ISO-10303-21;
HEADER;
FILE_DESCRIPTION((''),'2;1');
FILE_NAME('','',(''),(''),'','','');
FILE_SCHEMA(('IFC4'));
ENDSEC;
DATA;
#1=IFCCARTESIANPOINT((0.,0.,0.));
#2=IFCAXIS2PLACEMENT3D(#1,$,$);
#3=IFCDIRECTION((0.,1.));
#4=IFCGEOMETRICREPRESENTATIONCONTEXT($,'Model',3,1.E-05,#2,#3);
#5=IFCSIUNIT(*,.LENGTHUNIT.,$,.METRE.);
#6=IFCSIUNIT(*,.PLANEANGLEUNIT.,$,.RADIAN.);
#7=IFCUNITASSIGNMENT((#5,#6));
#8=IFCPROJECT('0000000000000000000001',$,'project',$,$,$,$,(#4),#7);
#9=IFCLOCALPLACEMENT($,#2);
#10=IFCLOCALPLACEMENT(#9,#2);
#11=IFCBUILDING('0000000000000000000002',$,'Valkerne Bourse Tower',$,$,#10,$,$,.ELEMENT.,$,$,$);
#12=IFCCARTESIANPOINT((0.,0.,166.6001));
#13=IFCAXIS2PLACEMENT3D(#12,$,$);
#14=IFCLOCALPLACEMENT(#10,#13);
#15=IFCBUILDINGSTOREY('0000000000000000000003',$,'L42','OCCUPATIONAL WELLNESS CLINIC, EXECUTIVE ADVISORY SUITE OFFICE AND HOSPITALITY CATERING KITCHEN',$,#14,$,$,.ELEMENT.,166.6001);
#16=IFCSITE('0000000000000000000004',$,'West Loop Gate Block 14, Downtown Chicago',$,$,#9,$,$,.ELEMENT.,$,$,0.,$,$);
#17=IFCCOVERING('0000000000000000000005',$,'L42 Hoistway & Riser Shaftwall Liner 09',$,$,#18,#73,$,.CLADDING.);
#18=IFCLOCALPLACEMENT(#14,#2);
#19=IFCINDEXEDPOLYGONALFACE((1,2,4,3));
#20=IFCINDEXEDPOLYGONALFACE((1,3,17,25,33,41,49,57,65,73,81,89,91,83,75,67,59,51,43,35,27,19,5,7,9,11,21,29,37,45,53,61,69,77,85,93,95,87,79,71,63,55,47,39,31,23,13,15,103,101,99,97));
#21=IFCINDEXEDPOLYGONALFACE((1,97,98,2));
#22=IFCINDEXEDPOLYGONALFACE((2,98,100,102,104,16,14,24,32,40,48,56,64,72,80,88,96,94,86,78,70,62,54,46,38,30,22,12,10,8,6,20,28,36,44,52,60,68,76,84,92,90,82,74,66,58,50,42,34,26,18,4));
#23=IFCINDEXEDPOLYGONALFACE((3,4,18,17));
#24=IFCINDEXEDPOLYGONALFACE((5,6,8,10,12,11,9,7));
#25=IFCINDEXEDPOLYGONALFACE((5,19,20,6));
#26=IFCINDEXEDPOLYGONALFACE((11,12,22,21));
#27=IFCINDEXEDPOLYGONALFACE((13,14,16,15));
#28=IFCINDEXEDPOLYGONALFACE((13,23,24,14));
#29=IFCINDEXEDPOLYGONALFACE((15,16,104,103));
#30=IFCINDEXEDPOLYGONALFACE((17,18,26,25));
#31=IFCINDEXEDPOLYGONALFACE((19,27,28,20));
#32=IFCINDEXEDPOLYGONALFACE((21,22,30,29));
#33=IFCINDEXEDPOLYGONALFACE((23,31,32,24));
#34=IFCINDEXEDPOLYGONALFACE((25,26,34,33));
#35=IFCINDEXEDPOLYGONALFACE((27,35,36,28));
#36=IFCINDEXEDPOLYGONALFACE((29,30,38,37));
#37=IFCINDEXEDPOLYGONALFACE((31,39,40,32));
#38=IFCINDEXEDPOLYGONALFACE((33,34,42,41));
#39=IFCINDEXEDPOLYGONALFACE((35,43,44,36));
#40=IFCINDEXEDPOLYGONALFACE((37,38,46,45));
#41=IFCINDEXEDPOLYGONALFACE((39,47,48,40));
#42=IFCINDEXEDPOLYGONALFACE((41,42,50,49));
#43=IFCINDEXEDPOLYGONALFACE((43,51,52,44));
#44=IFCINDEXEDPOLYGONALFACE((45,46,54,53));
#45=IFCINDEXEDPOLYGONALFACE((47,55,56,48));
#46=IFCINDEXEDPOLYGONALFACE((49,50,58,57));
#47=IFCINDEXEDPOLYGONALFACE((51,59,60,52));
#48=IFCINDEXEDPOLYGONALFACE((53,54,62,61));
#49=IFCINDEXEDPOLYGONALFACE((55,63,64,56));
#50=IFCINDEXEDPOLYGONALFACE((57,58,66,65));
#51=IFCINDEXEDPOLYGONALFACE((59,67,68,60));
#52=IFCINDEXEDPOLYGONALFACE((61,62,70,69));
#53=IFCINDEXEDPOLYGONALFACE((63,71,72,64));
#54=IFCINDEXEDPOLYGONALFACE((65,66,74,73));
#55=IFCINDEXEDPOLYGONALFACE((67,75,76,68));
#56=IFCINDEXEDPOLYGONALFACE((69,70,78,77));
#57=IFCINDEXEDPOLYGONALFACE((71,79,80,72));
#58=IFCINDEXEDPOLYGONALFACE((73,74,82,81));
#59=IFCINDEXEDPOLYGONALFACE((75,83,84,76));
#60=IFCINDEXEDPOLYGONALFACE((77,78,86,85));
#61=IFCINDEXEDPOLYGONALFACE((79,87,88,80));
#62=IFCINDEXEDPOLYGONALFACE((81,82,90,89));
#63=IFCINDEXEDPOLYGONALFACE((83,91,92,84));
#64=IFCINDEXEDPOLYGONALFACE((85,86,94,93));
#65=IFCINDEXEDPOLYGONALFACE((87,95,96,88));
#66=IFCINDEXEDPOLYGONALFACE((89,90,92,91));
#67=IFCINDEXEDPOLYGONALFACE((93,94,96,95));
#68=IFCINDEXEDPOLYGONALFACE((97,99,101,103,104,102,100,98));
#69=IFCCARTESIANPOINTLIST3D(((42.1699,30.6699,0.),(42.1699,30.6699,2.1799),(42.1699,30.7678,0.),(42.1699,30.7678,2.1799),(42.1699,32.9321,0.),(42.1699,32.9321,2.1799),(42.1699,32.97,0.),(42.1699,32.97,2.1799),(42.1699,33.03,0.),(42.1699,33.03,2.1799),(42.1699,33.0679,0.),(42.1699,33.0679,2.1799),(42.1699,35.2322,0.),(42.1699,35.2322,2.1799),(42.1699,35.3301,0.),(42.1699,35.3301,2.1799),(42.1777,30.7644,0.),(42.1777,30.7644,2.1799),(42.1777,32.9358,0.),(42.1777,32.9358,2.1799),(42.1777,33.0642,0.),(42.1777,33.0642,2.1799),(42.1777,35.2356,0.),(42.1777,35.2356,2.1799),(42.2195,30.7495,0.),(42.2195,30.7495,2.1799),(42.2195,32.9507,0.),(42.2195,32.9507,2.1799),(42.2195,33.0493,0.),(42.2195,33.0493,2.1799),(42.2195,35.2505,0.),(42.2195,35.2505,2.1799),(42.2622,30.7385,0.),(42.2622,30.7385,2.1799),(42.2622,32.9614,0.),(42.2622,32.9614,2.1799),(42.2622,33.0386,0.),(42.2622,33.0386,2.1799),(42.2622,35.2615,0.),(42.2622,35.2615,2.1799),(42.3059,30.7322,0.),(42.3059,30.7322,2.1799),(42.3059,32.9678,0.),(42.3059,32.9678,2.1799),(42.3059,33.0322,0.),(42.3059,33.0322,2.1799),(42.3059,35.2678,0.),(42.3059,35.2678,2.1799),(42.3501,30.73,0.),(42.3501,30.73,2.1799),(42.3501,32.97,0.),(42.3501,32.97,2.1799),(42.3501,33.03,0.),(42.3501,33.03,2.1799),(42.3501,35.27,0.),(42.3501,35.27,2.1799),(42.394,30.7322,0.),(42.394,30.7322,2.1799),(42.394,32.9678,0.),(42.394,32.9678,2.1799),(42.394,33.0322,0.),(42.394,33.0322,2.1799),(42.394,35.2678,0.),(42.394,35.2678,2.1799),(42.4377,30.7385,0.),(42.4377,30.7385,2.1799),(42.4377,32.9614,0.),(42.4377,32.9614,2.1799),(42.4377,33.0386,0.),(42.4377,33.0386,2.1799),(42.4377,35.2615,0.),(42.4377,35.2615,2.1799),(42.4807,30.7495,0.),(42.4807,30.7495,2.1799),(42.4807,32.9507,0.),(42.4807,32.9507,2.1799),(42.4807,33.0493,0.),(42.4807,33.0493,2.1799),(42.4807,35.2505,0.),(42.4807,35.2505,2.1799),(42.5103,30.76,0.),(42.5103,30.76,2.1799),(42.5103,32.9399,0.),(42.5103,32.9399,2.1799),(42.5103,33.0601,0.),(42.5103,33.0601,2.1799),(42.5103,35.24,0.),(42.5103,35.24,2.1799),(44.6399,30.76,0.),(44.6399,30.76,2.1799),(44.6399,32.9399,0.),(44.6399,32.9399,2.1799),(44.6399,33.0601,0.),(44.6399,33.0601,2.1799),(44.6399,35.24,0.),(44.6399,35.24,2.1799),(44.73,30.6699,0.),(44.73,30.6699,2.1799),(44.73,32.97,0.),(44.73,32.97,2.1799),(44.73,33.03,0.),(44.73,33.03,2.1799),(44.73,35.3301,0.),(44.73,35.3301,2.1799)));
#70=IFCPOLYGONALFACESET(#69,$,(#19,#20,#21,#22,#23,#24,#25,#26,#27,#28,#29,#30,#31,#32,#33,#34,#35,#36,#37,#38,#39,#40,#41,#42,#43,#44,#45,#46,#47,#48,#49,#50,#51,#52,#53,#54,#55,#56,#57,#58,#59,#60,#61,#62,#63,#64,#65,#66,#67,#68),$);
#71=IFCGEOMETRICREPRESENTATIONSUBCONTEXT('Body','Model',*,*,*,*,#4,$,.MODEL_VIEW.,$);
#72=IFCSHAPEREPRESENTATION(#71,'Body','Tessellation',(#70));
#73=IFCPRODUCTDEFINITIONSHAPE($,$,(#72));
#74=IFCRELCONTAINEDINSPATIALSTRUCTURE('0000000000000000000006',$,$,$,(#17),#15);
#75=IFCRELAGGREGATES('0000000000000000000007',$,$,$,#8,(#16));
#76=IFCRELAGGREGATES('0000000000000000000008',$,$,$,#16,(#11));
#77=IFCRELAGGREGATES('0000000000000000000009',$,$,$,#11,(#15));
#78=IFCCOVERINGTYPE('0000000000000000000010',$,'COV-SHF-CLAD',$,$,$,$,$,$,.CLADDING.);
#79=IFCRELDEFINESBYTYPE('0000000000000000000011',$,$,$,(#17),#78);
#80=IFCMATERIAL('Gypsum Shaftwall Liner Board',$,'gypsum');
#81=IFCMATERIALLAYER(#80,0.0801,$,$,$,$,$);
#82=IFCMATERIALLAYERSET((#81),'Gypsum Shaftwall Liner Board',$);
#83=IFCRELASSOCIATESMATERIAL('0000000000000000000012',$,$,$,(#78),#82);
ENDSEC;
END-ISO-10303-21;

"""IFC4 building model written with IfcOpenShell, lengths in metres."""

from ifc_helpers import new_model, si_unit, direction, frame, origin, place, context, subcontext, project, spatial, polyline, outline, extrude, material, layer, layer_set, type_object, element, save


model = new_model("IFC4")

# Units and contexts
model_context = context("Model", 3, precision=1e-05, world=origin(), true_north=direction((0.0, 1.0)))
body_context = subcontext(model_context, "Body", "Model", "MODEL_VIEW")
ifc_project = project(units=[si_unit("LENGTHUNIT", "METRE"), si_unit("PLANEANGLEUNIT", "RADIAN")], contexts=[model_context])

# Site, building, storey
site_placement = place(None, origin())
site = spatial("IfcSite", under=ifc_project, at=site_placement, Name="West Loop Gate Block 14, Downtown Chicago", CompositionType="ELEMENT", RefElevation=0.0)
building_placement = place(site_placement, origin())
building = spatial("IfcBuilding", under=site, at=building_placement, Name="Valkerne Bourse Tower", CompositionType="ELEMENT")
storey_placement = place(building_placement, frame((0.0, 0.0, 166.6001)))
storey = spatial("IfcBuildingStorey", under=building, at=storey_placement, Name="L42", Description="OCCUPATIONAL WELLNESS CLINIC, EXECUTIVE ADVISORY SUITE OFFICE AND HOSPITALITY CATERING KITCHEN", CompositionType="ELEMENT", Elevation=166.6001)

# Covering
ifc_material_1 = material(Name="Gypsum Shaftwall Liner Board", Category="gypsum")
ifc_layer_1 = layer(ifc_material_1, 0.0801)
ifc_layer_set_1 = layer_set([ifc_layer_1], Name="Gypsum Shaftwall Liner Board")
covering_type_1 = type_object("IfcCoveringType", Name="COV-SHF-CLAD", PredefinedType="CLADDING", material=ifc_layer_set_1)
covering_1_placement = place(storey_placement, origin())
element("IfcCovering", 1, at=covering_1_placement, inside=storey, type_object=covering_type_1, Name="L42 Hoistway & Riser Shaftwall Liner 09", PredefinedType="CLADDING", context=body_context, shape_type="SweptSolid", body=[
    extrude(outline(polyline([(42.1699, 33.0679), (42.1777, 33.0642), (42.2195, 33.0493), (42.2622, 33.0386), (42.3059, 33.0322), (42.3501, 33.03), (42.394, 33.0322), (42.4377, 33.0386), (42.4807, 33.0493), (42.5103, 33.0601), (44.6399, 33.0601), (44.6399, 35.24), (42.5103, 35.24), (42.4807, 35.2505), (42.4377, 35.2615), (42.394, 35.2678), (42.3501, 35.27), (42.3059, 35.2678), (42.2622, 35.2615), (42.2195, 35.2505), (42.1777, 35.2356), (42.1699, 35.2322), (42.1699, 35.3301), (44.73, 35.3301), (44.73, 33.03), (44.73, 32.97), (44.73, 30.6699), (42.1699, 30.6699), (42.1699, 30.7678), (42.1777, 30.7644), (42.2195, 30.7495), (42.2622, 30.7385), (42.3059, 30.7322), (42.3501, 30.73), (42.394, 30.7322), (42.4377, 30.7385), (42.4807, 30.7495), (42.5103, 30.76), (44.6399, 30.76), (44.6399, 32.9399), (42.5103, 32.9399), (42.4807, 32.9507), (42.4377, 32.9614), (42.394, 32.9678), (42.3501, 32.97), (42.3059, 32.9678), (42.2622, 32.9614), (42.2195, 32.9507), (42.1777, 32.9358), (42.1699, 32.9321), (42.1699, 32.97), (42.1699, 33.03), (42.1699, 33.0679)])), origin(), (0.0, 0.0, 1.0), 2.1799),
])

save(model, "model.ifc")
